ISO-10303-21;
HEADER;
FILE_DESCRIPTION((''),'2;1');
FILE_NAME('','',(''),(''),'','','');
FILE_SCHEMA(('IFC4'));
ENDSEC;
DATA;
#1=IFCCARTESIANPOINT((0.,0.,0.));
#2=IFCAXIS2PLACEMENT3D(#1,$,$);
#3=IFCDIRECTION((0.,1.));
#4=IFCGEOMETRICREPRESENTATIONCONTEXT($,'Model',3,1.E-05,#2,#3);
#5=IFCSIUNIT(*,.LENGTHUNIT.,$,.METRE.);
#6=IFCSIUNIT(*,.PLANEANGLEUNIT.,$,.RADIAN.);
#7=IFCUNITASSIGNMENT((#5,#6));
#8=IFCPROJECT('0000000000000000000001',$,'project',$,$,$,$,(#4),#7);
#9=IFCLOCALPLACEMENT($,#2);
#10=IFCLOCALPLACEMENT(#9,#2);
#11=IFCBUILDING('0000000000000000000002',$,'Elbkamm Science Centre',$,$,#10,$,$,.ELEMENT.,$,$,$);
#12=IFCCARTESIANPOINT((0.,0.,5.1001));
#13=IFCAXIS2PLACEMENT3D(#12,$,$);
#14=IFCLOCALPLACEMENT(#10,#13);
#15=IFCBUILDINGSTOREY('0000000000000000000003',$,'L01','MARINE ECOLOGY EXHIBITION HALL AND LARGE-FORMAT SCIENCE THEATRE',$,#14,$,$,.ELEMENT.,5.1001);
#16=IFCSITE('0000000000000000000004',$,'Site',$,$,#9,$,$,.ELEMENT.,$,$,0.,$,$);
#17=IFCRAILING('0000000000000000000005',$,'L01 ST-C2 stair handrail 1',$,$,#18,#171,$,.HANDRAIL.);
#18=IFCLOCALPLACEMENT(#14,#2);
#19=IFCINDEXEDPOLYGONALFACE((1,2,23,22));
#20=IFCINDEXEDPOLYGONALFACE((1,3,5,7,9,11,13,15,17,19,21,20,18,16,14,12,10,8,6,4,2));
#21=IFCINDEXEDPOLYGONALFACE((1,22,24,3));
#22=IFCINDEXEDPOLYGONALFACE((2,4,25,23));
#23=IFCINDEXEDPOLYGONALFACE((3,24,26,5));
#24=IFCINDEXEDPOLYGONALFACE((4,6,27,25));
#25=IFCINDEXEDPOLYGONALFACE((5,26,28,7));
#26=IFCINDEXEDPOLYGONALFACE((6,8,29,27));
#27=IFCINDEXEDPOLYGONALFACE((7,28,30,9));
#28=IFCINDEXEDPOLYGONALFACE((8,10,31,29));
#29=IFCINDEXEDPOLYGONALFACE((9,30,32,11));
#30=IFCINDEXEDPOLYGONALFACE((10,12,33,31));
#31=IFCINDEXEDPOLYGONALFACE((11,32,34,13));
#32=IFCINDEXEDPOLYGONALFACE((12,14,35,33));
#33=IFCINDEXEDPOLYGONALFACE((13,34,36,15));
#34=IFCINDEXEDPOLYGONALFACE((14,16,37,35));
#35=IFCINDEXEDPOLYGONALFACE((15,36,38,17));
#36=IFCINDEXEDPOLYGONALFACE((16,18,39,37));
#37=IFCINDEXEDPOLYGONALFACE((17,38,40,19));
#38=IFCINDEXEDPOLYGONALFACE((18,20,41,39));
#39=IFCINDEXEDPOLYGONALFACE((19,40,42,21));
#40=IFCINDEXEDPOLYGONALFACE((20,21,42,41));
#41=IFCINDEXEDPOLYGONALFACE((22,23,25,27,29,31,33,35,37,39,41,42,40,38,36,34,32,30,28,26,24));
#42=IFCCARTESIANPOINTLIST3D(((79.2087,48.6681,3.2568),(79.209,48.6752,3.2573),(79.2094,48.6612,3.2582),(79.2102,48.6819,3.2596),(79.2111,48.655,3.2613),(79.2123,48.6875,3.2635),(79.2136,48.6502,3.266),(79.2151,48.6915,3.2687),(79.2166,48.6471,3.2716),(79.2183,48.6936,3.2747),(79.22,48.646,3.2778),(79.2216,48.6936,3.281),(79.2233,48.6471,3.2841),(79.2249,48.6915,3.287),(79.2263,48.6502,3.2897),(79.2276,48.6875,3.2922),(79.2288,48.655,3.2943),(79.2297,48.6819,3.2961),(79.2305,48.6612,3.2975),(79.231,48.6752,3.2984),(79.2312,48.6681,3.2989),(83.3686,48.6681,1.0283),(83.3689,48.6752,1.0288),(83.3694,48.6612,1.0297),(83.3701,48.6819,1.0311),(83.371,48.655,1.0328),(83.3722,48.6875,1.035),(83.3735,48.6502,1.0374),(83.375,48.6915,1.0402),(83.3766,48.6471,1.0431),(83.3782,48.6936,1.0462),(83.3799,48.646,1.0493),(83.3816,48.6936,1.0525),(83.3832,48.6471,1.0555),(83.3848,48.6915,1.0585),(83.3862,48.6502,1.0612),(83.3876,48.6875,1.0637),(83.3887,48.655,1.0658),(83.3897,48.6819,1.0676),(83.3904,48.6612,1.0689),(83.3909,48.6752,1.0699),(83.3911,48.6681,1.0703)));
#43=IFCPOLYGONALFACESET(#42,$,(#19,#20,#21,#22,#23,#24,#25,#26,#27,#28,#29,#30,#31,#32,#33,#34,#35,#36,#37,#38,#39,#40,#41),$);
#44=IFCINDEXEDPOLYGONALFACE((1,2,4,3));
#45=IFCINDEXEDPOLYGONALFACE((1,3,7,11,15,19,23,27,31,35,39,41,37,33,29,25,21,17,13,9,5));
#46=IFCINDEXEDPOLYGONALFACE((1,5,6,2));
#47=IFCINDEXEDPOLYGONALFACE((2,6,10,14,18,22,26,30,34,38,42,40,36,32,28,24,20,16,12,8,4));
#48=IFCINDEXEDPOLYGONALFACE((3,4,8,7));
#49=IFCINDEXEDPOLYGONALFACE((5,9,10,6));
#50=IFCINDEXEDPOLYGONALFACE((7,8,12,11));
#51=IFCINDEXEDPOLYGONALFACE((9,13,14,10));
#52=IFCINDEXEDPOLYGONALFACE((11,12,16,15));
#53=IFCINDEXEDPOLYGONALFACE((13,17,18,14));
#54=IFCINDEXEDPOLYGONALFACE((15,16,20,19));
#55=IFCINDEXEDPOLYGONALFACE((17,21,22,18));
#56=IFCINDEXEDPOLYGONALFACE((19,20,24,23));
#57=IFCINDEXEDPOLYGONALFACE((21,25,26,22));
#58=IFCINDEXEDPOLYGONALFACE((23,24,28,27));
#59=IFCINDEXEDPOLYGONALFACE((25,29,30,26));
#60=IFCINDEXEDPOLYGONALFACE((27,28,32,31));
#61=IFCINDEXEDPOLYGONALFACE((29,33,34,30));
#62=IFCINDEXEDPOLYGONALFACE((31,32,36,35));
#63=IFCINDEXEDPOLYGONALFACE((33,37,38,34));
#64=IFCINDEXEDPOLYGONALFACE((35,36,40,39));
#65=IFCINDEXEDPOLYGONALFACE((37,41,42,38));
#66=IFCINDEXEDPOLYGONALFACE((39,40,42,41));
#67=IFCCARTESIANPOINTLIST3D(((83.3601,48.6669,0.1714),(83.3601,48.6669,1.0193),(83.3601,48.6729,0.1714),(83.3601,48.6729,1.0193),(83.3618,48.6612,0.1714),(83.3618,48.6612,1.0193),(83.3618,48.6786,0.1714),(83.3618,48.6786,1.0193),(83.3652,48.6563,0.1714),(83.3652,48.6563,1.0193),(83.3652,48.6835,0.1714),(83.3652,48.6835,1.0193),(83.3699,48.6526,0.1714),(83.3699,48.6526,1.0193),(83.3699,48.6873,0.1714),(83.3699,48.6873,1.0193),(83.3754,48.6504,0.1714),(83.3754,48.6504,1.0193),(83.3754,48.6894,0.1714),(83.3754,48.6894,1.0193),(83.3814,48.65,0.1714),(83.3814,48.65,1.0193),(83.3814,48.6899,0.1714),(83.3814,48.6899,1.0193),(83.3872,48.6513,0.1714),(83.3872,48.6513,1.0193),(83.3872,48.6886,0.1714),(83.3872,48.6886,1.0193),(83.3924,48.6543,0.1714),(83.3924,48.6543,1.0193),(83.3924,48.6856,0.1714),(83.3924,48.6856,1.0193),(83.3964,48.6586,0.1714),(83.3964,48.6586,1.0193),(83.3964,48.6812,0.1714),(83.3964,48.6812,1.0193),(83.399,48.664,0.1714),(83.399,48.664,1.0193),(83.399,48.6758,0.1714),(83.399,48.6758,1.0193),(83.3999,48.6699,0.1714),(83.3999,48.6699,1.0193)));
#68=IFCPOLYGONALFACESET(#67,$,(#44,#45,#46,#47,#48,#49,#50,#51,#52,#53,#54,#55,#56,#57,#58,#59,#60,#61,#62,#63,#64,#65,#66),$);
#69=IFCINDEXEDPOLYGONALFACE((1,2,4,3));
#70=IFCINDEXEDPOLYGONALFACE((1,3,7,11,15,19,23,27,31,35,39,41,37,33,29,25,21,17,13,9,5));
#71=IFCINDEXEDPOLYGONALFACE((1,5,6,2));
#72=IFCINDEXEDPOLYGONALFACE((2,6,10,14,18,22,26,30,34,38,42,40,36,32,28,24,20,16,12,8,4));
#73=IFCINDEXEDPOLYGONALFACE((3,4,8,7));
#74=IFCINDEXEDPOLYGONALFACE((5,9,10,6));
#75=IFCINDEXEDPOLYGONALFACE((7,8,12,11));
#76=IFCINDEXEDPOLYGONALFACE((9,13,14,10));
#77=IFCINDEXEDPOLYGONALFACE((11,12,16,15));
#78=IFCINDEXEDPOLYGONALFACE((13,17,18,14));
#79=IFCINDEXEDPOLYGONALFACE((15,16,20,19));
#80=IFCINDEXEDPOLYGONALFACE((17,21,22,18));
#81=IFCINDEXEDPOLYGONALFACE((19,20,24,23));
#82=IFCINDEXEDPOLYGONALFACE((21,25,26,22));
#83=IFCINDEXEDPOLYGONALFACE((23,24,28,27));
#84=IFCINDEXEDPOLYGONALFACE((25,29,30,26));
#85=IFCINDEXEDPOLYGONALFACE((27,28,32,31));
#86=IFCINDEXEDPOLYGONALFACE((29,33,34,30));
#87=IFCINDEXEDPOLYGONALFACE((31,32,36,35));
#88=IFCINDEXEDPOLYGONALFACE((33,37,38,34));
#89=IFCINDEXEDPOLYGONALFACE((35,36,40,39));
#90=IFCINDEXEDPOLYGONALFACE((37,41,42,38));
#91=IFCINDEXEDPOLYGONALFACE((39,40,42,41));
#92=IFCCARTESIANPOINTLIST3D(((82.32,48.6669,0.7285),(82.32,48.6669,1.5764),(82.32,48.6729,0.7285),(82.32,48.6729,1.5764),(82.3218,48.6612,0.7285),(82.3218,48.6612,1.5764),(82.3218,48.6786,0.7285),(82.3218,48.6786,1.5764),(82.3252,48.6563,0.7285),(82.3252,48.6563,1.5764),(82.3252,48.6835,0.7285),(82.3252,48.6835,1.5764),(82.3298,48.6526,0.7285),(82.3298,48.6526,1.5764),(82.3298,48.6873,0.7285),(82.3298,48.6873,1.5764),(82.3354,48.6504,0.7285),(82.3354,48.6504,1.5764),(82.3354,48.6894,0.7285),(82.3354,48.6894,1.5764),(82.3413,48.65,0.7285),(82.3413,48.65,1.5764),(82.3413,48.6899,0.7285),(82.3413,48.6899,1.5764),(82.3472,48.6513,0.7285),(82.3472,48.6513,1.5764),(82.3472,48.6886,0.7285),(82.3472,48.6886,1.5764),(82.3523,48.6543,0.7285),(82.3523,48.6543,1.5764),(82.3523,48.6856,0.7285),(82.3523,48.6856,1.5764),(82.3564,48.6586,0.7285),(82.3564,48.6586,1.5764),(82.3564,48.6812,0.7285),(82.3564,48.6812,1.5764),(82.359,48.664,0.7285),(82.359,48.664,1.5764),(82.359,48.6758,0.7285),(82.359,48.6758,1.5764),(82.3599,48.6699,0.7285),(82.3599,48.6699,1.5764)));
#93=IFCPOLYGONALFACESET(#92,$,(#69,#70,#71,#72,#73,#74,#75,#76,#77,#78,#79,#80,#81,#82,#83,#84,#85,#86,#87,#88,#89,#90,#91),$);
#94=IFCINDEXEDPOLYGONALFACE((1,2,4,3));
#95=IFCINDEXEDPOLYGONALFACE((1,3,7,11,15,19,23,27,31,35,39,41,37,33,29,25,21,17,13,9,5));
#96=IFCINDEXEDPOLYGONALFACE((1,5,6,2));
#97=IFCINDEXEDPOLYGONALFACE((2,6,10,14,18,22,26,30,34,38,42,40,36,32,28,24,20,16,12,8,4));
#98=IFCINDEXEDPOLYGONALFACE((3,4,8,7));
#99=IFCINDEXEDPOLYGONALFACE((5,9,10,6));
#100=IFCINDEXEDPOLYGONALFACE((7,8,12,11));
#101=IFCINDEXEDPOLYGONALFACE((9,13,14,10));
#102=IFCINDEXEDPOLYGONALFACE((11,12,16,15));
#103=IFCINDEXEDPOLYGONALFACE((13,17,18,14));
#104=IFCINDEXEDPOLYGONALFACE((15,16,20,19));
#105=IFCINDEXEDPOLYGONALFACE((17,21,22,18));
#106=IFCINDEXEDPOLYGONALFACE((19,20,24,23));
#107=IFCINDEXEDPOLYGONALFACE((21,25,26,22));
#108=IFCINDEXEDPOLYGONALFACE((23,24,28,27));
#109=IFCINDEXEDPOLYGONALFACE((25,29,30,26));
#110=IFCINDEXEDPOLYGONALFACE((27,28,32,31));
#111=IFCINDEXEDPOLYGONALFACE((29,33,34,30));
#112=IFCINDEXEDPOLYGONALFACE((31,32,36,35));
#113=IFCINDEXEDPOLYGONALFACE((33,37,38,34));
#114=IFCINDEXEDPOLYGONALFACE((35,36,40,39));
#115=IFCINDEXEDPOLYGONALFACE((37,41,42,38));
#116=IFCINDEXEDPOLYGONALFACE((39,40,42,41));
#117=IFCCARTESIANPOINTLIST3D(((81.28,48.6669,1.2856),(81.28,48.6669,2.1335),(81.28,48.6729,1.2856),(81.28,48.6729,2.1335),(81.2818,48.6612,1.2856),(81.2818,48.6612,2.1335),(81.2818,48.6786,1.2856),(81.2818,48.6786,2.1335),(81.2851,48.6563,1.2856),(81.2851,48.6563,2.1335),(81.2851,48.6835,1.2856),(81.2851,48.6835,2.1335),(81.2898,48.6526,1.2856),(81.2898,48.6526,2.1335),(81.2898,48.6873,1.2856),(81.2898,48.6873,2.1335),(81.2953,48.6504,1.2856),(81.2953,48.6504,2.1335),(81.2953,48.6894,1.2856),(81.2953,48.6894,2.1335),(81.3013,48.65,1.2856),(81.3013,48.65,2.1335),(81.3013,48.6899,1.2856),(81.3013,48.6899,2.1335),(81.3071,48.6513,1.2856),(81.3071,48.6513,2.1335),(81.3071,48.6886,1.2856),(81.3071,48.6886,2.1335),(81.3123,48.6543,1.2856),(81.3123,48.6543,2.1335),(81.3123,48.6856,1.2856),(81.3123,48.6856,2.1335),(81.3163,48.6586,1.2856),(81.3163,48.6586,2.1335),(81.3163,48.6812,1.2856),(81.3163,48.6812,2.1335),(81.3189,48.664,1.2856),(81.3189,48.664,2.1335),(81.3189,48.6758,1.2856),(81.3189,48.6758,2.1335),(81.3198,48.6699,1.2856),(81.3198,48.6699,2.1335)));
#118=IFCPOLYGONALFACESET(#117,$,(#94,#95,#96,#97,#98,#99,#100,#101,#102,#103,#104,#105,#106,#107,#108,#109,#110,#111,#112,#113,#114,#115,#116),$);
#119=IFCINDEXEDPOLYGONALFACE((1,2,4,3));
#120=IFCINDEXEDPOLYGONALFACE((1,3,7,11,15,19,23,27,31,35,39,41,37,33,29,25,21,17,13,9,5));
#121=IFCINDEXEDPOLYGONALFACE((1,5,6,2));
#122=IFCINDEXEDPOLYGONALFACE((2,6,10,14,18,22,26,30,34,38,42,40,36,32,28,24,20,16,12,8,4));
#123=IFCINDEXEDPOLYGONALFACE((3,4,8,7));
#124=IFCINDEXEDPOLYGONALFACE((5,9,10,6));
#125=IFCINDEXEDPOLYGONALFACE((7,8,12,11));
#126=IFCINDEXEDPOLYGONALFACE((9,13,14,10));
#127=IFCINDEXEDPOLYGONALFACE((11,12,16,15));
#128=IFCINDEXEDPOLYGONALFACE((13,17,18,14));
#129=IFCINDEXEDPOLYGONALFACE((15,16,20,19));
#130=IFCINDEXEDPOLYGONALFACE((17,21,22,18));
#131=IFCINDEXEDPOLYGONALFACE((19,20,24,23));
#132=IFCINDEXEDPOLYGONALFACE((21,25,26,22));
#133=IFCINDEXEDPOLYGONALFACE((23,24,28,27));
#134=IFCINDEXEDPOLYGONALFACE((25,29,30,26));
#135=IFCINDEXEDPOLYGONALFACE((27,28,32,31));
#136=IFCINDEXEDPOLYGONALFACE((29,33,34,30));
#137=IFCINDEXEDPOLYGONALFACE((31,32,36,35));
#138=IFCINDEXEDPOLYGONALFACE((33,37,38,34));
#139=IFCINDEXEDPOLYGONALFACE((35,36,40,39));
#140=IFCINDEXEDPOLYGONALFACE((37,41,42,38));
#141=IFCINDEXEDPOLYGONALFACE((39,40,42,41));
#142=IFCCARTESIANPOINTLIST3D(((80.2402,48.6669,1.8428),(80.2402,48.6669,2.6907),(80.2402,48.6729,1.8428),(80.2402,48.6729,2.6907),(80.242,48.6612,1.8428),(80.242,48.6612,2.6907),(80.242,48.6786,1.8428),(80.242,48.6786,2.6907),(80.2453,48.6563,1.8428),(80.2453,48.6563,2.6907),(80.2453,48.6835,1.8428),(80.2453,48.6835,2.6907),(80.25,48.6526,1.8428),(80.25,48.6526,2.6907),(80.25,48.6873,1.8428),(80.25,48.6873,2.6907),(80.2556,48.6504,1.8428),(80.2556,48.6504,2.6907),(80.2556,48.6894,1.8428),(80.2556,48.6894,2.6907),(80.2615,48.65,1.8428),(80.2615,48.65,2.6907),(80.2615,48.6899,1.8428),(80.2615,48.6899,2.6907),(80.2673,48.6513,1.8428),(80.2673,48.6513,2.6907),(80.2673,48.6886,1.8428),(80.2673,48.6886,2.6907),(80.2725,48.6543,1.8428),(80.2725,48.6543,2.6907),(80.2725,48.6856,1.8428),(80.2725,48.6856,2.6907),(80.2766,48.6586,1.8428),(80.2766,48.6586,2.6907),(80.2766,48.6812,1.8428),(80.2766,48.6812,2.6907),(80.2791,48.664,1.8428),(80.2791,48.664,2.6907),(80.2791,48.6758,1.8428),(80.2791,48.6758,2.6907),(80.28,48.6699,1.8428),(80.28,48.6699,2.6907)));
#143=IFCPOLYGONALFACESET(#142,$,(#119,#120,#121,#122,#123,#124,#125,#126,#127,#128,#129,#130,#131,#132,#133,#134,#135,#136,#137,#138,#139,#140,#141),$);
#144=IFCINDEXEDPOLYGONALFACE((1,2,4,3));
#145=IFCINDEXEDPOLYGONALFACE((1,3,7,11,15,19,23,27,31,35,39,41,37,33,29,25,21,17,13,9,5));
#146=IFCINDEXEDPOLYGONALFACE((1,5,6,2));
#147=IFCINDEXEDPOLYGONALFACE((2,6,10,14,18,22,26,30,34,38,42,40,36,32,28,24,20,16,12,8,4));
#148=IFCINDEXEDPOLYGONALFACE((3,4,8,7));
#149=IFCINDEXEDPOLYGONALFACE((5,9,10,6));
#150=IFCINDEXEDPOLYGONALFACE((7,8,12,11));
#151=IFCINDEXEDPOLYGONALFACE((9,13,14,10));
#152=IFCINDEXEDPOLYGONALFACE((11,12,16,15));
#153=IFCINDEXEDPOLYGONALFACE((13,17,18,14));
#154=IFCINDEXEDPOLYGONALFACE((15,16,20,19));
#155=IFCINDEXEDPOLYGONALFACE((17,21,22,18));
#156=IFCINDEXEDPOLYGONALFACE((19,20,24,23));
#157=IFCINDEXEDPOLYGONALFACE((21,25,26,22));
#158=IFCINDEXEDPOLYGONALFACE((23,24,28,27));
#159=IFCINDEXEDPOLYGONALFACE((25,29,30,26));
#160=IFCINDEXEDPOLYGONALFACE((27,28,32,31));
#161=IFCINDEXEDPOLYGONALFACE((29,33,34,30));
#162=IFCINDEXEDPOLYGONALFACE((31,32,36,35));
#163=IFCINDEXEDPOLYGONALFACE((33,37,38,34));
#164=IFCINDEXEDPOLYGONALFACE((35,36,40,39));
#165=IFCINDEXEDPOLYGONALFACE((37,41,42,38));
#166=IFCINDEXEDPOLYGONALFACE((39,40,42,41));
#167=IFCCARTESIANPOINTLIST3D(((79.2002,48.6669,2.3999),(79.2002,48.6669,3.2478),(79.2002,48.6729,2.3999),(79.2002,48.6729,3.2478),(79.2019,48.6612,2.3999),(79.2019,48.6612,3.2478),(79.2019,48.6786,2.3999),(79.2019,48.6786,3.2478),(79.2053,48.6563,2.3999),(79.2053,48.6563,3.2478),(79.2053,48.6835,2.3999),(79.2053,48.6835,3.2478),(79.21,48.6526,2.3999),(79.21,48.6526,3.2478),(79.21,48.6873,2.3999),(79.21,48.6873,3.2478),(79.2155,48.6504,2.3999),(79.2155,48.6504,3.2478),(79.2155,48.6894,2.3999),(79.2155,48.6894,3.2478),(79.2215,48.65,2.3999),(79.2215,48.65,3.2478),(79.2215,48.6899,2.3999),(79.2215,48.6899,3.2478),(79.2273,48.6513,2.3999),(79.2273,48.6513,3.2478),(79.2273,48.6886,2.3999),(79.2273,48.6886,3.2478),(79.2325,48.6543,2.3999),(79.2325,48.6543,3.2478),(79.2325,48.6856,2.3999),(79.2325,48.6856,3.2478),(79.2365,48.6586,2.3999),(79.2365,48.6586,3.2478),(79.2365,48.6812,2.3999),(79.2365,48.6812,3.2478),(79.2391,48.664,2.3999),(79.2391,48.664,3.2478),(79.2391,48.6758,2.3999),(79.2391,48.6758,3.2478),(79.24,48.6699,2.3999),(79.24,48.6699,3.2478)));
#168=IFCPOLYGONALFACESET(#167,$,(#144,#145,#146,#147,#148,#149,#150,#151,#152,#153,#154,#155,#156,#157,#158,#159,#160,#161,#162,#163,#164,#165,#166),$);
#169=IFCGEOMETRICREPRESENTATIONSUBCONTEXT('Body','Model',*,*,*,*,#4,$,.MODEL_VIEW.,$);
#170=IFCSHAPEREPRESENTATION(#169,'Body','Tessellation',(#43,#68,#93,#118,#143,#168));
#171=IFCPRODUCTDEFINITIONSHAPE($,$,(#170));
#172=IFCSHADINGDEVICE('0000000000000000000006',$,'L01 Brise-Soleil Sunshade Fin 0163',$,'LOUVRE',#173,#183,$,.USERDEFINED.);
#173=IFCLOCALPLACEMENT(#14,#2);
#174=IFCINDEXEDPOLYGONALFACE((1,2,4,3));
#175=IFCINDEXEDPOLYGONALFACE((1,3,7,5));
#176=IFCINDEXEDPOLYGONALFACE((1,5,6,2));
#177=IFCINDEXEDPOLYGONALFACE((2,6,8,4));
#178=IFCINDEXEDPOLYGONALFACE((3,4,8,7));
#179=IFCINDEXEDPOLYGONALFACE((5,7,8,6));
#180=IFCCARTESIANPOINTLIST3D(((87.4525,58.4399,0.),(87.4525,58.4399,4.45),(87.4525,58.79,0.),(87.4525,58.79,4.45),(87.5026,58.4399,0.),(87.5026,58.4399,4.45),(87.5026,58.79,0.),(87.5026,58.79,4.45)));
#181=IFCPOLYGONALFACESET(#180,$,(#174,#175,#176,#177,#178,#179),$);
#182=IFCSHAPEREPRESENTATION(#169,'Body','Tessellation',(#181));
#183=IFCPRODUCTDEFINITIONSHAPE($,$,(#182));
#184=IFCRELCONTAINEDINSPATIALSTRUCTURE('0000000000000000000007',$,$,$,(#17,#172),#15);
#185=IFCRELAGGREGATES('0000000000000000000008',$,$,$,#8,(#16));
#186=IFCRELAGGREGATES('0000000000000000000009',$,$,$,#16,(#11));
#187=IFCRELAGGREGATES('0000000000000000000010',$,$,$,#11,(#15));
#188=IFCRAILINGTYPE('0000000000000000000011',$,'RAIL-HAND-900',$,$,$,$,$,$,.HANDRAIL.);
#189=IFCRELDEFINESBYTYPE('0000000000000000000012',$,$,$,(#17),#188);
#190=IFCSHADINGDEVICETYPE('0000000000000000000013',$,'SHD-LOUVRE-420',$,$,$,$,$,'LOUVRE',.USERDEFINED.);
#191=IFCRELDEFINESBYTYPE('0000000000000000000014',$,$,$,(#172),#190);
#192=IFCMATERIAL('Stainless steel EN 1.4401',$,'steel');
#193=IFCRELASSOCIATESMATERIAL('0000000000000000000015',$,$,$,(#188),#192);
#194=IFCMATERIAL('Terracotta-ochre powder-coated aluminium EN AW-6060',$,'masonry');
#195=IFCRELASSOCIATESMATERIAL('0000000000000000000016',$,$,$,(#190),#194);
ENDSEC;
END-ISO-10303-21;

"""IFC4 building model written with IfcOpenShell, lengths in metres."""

from ifc_helpers import new_model, si_unit, direction, frame, origin, origin_2d, place, context, subcontext, project, spatial, rectangle, circle, extrude, material, type_object, element, save


model = new_model("IFC4")

# Units and contexts
model_context = context("Model", 3, precision=1e-05, world=origin(), true_north=direction((0.0, 1.0)))
body_context = subcontext(model_context, "Body", "Model", "MODEL_VIEW")
ifc_project = project(units=[si_unit("LENGTHUNIT", "METRE"), si_unit("PLANEANGLEUNIT", "RADIAN")], contexts=[model_context])

# Site, building, storey
site_placement = place(None, origin())
site = spatial("IfcSite", under=ifc_project, at=site_placement, Name="Site", CompositionType="ELEMENT", RefElevation=0.0)
building_placement = place(site_placement, origin())
building = spatial("IfcBuilding", under=site, at=building_placement, Name="Elbkamm Science Centre", CompositionType="ELEMENT")
storey_placement = place(building_placement, frame((0.0, 0.0, 5.1001)))
storey = spatial("IfcBuildingStorey", under=building, at=storey_placement, Name="L01", Description="MARINE ECOLOGY EXHIBITION HALL AND LARGE-FORMAT SCIENCE THEATRE", CompositionType="ELEMENT", Elevation=5.1001)

# Railing
ifc_material_1 = material(Name="Stainless steel EN 1.4401", Category="steel")
railing_type_1 = type_object("IfcRailingType", Name="RAIL-HAND-900", PredefinedType="HANDRAIL", material=ifc_material_1)
railing_1_placement = place(storey_placement, frame((83.3799, 48.6699, 0.1714)))
element("IfcRailing", 1, at=railing_1_placement, inside=storey, type_object=railing_type_1, Name="L01 ST-C2 stair handrail 1", PredefinedType="HANDRAIL", context=body_context, shape_type="SweptSolid", body=[
    extrude(circle(Radius=0.0239, at=origin_2d()), frame((0.0, 0.0, 0.8779), z_axis=(-0.881481, 0.0, 0.47222), x_axis=(0.0, -1.0, 0.0)), (0.0, 0.0, 1.0), 4.7192),
    extrude(circle(Radius=0.02, at=origin_2d()), origin(), (0.0, 0.0, 1.0), 0.8479),
    extrude(circle(Radius=0.02, at=origin_2d()), frame((-1.04, 0.0, 0.5571)), (0.0, 0.0, 1.0), 0.8479),
    extrude(circle(Radius=0.02, at=origin_2d()), frame((-2.0801, 0.0, 1.1143)), (0.0, 0.0, 1.0), 0.8479),
    extrude(circle(Radius=0.02, at=origin_2d()), frame((-3.1199, 0.0, 1.6714)), (0.0, 0.0, 1.0), 0.8479),
    extrude(circle(Radius=0.02, at=origin_2d()), frame((-4.1599, 0.0, 2.2285)), (0.0, 0.0, 1.0), 0.8479),
])

# Shading device
ifc_material_2 = material(Name="Terracotta-ochre powder-coated aluminium EN AW-6060", Category="masonry")
shading_device_type = type_object("IfcShadingDeviceType", Name="SHD-LOUVRE-420", ElementType="LOUVRE", PredefinedType="USERDEFINED", material=ifc_material_2)
shading_device_placement = place(storey_placement, frame((87.4775, 58.615, 0.0), z_axis=(0.0, 0.0, 1.0), x_axis=(0.0, 1.0, 0.0)))
element("IfcShadingDevice", 2, at=shading_device_placement, inside=storey, type_object=shading_device_type, Name="L01 Brise-Soleil Sunshade Fin 0163", ObjectType="LOUVRE", PredefinedType="USERDEFINED", context=body_context, shape_type="SweptSolid", body=[
    extrude(rectangle(XDim=0.3501, YDim=0.05, at=origin_2d()), origin(), (0.0, 0.0, 1.0), 4.45),
])

save(model, "model.ifc")
